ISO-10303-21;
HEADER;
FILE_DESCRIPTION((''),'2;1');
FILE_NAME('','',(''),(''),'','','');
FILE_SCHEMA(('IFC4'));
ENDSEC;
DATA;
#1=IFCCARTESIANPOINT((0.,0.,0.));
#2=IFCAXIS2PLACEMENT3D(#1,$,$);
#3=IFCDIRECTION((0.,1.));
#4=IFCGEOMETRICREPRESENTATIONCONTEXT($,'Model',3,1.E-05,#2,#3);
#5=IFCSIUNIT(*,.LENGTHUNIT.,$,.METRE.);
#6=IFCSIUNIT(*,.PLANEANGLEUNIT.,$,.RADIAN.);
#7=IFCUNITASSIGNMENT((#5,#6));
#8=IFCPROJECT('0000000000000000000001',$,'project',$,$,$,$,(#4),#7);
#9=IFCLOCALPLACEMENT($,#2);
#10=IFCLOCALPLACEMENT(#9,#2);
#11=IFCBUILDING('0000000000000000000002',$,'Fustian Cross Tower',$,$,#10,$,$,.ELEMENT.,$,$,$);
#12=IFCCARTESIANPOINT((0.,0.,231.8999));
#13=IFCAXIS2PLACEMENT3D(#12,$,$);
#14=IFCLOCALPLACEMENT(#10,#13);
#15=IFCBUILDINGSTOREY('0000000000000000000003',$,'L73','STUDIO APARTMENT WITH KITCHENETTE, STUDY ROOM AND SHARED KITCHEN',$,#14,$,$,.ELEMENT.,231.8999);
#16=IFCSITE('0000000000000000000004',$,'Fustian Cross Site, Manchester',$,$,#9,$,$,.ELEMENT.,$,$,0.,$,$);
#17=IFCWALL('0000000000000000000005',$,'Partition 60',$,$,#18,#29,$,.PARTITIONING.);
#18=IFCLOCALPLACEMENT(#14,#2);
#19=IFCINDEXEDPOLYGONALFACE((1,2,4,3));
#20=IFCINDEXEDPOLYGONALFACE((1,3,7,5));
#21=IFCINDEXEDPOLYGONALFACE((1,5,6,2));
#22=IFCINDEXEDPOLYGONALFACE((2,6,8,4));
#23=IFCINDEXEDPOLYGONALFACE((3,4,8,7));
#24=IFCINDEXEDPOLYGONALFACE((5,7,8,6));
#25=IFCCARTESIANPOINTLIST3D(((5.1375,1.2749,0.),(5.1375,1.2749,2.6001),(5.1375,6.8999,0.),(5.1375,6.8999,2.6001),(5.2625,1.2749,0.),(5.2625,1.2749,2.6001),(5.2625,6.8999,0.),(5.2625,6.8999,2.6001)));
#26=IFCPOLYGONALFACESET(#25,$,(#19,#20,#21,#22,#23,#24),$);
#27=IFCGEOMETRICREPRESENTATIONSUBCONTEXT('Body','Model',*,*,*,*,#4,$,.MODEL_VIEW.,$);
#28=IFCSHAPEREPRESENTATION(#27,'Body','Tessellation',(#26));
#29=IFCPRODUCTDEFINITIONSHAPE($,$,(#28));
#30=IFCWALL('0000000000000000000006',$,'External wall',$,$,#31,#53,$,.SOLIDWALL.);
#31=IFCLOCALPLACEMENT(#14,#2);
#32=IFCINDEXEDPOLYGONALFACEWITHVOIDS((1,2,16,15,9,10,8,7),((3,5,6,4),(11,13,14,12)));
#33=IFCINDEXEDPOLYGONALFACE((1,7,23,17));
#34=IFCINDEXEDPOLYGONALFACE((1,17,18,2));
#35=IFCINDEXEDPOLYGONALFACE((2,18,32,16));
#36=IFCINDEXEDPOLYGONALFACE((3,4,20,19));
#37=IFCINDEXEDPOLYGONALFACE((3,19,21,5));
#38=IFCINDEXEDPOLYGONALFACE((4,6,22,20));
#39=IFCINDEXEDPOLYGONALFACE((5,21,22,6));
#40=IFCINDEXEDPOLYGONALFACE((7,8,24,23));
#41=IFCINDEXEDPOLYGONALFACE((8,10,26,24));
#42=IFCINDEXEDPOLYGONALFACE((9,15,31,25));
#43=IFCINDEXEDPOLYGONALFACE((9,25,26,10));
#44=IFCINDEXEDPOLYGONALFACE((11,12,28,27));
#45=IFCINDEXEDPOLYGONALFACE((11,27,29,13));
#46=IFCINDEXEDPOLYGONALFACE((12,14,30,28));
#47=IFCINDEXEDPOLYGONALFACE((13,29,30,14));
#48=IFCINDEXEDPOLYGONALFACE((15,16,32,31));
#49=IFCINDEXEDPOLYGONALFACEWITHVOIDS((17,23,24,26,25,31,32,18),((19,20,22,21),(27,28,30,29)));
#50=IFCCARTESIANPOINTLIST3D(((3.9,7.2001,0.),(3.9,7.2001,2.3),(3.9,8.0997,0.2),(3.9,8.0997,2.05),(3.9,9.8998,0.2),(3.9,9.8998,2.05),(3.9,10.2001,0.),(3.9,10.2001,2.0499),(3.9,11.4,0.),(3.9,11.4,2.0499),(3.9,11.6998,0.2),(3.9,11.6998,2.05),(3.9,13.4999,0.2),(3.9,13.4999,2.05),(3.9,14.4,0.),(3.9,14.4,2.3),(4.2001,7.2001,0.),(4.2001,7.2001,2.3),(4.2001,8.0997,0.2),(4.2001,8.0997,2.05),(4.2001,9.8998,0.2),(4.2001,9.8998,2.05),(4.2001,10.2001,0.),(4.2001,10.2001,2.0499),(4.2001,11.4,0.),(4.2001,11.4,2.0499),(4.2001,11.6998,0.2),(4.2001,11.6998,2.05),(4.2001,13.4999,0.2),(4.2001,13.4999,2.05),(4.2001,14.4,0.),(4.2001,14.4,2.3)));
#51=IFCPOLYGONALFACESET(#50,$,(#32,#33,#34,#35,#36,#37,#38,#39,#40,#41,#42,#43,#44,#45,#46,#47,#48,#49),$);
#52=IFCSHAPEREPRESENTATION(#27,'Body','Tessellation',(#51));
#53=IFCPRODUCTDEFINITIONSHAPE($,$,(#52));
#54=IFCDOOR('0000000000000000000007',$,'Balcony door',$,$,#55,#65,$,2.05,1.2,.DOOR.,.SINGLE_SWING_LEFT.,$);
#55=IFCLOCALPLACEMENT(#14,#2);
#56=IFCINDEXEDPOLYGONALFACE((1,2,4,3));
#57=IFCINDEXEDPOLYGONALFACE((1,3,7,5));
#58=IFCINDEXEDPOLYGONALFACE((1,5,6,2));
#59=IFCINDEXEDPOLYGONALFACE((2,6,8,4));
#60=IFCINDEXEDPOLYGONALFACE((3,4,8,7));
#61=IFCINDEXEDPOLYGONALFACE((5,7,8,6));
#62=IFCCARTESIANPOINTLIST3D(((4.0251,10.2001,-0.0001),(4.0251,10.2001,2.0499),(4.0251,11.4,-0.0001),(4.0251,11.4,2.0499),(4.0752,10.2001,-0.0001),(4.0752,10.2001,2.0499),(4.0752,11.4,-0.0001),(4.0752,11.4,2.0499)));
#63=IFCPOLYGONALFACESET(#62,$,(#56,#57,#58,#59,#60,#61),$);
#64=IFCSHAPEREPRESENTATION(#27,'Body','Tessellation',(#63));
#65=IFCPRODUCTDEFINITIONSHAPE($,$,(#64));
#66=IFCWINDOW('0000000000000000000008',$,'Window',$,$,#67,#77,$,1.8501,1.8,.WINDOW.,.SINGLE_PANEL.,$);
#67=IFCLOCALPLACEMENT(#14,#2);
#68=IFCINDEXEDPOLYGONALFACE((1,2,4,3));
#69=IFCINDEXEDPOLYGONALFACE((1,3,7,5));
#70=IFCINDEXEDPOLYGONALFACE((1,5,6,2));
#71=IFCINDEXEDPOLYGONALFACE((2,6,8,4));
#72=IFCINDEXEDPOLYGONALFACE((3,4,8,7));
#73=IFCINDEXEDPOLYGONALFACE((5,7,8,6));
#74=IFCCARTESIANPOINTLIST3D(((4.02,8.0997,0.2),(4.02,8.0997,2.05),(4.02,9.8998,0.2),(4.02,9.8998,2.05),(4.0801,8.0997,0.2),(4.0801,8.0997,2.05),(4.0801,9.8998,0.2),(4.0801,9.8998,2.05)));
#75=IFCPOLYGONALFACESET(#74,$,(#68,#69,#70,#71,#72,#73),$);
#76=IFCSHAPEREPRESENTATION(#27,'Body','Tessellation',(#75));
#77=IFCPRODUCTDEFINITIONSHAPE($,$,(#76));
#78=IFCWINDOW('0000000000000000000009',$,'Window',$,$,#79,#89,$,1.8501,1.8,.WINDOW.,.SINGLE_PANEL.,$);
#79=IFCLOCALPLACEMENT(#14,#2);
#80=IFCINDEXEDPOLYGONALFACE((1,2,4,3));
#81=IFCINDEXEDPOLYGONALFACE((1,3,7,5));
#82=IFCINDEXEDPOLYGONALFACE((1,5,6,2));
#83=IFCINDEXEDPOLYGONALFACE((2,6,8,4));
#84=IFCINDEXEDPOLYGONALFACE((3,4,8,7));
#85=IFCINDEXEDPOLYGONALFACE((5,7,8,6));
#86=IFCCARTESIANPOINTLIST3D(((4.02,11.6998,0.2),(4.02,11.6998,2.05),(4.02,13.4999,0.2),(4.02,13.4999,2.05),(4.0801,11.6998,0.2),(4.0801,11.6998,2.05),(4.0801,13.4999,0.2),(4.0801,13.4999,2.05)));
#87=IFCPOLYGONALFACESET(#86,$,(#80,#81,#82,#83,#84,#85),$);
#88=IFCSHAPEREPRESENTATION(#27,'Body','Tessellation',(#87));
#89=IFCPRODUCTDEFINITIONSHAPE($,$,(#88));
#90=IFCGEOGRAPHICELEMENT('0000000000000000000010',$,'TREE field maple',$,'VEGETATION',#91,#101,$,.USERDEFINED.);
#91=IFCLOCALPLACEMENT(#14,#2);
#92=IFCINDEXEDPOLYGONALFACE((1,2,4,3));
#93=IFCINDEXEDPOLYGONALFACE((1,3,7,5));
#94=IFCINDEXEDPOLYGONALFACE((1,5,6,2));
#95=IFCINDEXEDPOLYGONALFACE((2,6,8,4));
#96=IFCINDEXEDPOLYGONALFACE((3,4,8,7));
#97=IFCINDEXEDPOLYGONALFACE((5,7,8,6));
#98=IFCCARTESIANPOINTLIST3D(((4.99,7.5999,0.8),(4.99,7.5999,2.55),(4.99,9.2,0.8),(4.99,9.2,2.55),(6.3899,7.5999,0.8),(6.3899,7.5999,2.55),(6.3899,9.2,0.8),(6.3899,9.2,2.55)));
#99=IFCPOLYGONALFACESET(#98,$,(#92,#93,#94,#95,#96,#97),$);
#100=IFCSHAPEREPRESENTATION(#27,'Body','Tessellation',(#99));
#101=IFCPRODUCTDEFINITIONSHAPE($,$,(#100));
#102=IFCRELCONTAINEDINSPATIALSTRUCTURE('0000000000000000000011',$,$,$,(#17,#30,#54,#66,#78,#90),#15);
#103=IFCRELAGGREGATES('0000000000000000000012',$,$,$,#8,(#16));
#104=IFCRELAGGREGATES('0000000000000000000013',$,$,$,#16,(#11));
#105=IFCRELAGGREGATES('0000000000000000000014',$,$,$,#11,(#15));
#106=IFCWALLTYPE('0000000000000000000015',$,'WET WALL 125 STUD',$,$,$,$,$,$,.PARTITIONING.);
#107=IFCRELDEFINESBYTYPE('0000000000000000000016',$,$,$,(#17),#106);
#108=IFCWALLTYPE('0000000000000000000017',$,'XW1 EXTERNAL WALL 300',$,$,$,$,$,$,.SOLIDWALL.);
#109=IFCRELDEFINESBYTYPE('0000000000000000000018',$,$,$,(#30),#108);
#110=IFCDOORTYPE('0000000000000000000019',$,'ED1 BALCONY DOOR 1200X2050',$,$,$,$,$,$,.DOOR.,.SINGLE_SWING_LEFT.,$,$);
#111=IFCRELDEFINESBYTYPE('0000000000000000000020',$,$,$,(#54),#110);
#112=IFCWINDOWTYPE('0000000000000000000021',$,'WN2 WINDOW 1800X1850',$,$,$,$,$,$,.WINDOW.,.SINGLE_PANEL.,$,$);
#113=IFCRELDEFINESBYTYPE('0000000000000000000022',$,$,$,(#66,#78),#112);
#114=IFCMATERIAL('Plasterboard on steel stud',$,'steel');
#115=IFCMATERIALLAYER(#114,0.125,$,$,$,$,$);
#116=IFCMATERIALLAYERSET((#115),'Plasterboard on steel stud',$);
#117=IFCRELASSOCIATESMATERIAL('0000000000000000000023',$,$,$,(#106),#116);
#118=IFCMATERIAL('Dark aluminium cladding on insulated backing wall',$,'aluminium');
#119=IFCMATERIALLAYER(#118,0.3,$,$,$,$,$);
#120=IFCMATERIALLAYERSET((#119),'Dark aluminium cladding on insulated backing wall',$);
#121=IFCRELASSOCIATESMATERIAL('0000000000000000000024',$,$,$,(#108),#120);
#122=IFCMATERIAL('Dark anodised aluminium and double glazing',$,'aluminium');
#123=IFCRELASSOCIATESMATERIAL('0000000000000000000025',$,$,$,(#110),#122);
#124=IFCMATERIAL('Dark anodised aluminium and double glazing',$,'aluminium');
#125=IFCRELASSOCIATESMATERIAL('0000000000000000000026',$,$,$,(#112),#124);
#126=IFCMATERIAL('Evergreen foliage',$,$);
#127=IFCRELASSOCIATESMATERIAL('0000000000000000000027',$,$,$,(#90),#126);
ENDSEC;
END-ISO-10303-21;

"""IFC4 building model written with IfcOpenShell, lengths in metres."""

from ifc_helpers import new_model, si_unit, direction, frame, frame_2d, origin, origin_2d, place, context, subcontext, project, spatial, rectangle, extrude, material, layer, layer_set, type_object, element, fill, save


model = new_model("IFC4")

# Units and contexts
model_context = context("Model", 3, precision=1e-05, world=origin(), true_north=direction((0.0, 1.0)))
body_context = subcontext(model_context, "Body", "Model", "MODEL_VIEW")
ifc_project = project(units=[si_unit("LENGTHUNIT", "METRE"), si_unit("PLANEANGLEUNIT", "RADIAN")], contexts=[model_context])

# Site, building, storey
site_placement = place(None, origin())
site = spatial("IfcSite", under=ifc_project, at=site_placement, Name="Fustian Cross Site, Manchester", CompositionType="ELEMENT", RefElevation=0.0)
building_placement = place(site_placement, origin())
building = spatial("IfcBuilding", under=site, at=building_placement, Name="Fustian Cross Tower", CompositionType="ELEMENT")
storey_placement = place(building_placement, frame((0.0, 0.0, 231.8999)))
storey = spatial("IfcBuildingStorey", under=building, at=storey_placement, Name="L73", Description="STUDIO APARTMENT WITH KITCHENETTE, STUDY ROOM AND SHARED KITCHEN", CompositionType="ELEMENT", Elevation=231.8999)

# Wall
ifc_material_1 = material(Name="Plasterboard on steel stud", Category="steel")
ifc_layer_1 = layer(ifc_material_1, 0.125)
ifc_layer_set_1 = layer_set([ifc_layer_1], Name="Plasterboard on steel stud")
wall_type_1 = type_object("IfcWallType", Name="WET WALL 125 STUD", PredefinedType="PARTITIONING", material=ifc_layer_set_1)
wall_1_placement = place(storey_placement, frame((5.2, 1.2749, 0.0), z_axis=(0.0, 0.0, 1.0), x_axis=(0.0, 1.0, 0.0)))
element("IfcWall", 1, at=wall_1_placement, inside=storey, type_object=wall_type_1, Name="Partition 60", PredefinedType="PARTITIONING", context=body_context, shape_type="SweptSolid", body=[
    extrude(rectangle(XDim=5.625, YDim=0.125, at=frame_2d((2.8125, 0.0))), origin(), (0.0, 0.0, 1.0), 2.6001),
])

# Wall, openings, door, windows
ifc_material_2 = material(Name="Dark aluminium cladding on insulated backing wall", Category="aluminium")
ifc_layer_2 = layer(ifc_material_2, 0.3)
ifc_layer_set_2 = layer_set([ifc_layer_2], Name="Dark aluminium cladding on insulated backing wall")
wall_type_2 = type_object("IfcWallType", Name="XW1 EXTERNAL WALL 300", PredefinedType="SOLIDWALL", material=ifc_layer_set_2)
wall_2_placement = place(storey_placement, frame((4.05, 7.2, 0.0), z_axis=(0.0, 0.0, 1.0), x_axis=(0.0, 1.0, 0.0)))
wall_2 = element("IfcWall", 2, at=wall_2_placement, inside=storey, type_object=wall_type_2, Name="External wall", PredefinedType="SOLIDWALL", context=body_context, shape_type="SweptSolid", body=[
    extrude(rectangle(XDim=7.2, YDim=0.3, at=frame_2d((3.6001, 0.0))), origin(), (0.0, 0.0, 1.0), 2.3),
])
opening_1_placement = place(wall_2_placement, frame((3.0, 0.0, 0.0)))
opening_1 = element("IfcOpeningElement", 3, at=opening_1_placement, cuts=wall_2, PredefinedType="OPENING", context=body_context, shape_type="SweptSolid", body=[
    extrude(rectangle(XDim=1.2, YDim=2.05, at=frame_2d((0.6001, 1.0249))), frame((0.0, 0.1599, 0.0), z_axis=(0.0, -1.0, 0.0), x_axis=(1.0, 0.0, 0.0)), (0.0, 0.0, 1.0), 0.3201),
])
opening_2_placement = place(wall_2_placement, frame((0.8999, 0.0, 0.2)))
opening_2 = element("IfcOpeningElement", 4, at=opening_2_placement, cuts=wall_2, PredefinedType="OPENING", context=body_context, shape_type="SweptSolid", body=[
    extrude(rectangle(XDim=1.8, YDim=1.8501, at=frame_2d((0.8999, 0.925))), frame((0.0, 0.1599, 0.0), z_axis=(0.0, -1.0, 0.0), x_axis=(1.0, 0.0, 0.0)), (0.0, 0.0, 1.0), 0.3201),
])
opening_3_placement = place(wall_2_placement, frame((4.5, 0.0, 0.2)))
opening_3 = element("IfcOpeningElement", 5, at=opening_3_placement, cuts=wall_2, PredefinedType="OPENING", context=body_context, shape_type="SweptSolid", body=[
    extrude(rectangle(XDim=1.8, YDim=1.8501, at=frame_2d((0.8999, 0.925))), frame((0.0, 0.1599, 0.0), z_axis=(0.0, -1.0, 0.0), x_axis=(1.0, 0.0, 0.0)), (0.0, 0.0, 1.0), 0.3201),
])
ifc_material_3 = material(Name="Dark anodised aluminium and double glazing", Category="aluminium")
door_type_1 = type_object("IfcDoorType", Name="ED1 BALCONY DOOR 1200X2050", OperationType="SINGLE_SWING_LEFT", PredefinedType="DOOR", material=ifc_material_3)
door_1_placement = place(opening_1_placement, origin())
door_1 = element("IfcDoor", 6, at=door_1_placement, inside=storey, type_object=door_type_1, Name="Balcony door", OperationType="SINGLE_SWING_LEFT", OverallHeight=2.05, OverallWidth=1.2, PredefinedType="DOOR", context=body_context, shape_type="SweptSolid", body=[
    extrude(rectangle(XDim=1.2, YDim=2.05, at=frame_2d((0.6001, 1.0249))), frame((0.0, 0.0249, 0.0), z_axis=(0.0, -1.0, 0.0), x_axis=(1.0, 0.0, 0.0)), (0.0, 0.0, 1.0), 0.05),
])
fill(opening_1, door_1)
ifc_material_4 = material(Name="Dark anodised aluminium and double glazing", Category="aluminium")
window_type = type_object("IfcWindowType", Name="WN2 WINDOW 1800X1850", PartitioningType="SINGLE_PANEL", PredefinedType="WINDOW", material=ifc_material_4)
window_1_placement = place(opening_2_placement, origin())
window_1 = element("IfcWindow", 7, at=window_1_placement, inside=storey, type_object=window_type, Name="Window", OverallHeight=1.8501, OverallWidth=1.8, PartitioningType="SINGLE_PANEL", PredefinedType="WINDOW", context=body_context, shape_type="SweptSolid", body=[
    extrude(rectangle(XDim=1.8, YDim=1.8501, at=frame_2d((0.8999, 0.925))), frame((0.0, 0.03, 0.0), z_axis=(0.0, -1.0, 0.0), x_axis=(1.0, 0.0, 0.0)), (0.0, 0.0, 1.0), 0.0601),
])
fill(opening_2, window_1)
window_2_placement = place(opening_3_placement, origin())
window_2 = element("IfcWindow", 8, at=window_2_placement, inside=storey, type_object=window_type, Name="Window", OverallHeight=1.8501, OverallWidth=1.8, PartitioningType="SINGLE_PANEL", PredefinedType="WINDOW", context=body_context, shape_type="SweptSolid", body=[
    extrude(rectangle(XDim=1.8, YDim=1.8501, at=frame_2d((0.8999, 0.925))), frame((0.0, 0.03, 0.0), z_axis=(0.0, -1.0, 0.0), x_axis=(1.0, 0.0, 0.0)), (0.0, 0.0, 1.0), 0.0601),
])
fill(opening_3, window_2)

# Geographic element
ifc_material_5 = material(Name="Evergreen foliage")
geographic_element_placement = place(storey_placement, frame((5.6899, 8.3999, 0.8), z_axis=(0.0, 0.0, 1.0), x_axis=(1.0, 0.0, 0.0)))
element("IfcGeographicElement", 9, at=geographic_element_placement, inside=storey, material=ifc_material_5, Name="TREE field maple", ObjectType="VEGETATION", PredefinedType="USERDEFINED", context=body_context, shape_type="SweptSolid", body=[
    extrude(rectangle(XDim=1.3999, YDim=1.6001, at=origin_2d()), origin(), (0.0, 0.0, 1.0), 1.75),
])

save(model, "model.ifc")
